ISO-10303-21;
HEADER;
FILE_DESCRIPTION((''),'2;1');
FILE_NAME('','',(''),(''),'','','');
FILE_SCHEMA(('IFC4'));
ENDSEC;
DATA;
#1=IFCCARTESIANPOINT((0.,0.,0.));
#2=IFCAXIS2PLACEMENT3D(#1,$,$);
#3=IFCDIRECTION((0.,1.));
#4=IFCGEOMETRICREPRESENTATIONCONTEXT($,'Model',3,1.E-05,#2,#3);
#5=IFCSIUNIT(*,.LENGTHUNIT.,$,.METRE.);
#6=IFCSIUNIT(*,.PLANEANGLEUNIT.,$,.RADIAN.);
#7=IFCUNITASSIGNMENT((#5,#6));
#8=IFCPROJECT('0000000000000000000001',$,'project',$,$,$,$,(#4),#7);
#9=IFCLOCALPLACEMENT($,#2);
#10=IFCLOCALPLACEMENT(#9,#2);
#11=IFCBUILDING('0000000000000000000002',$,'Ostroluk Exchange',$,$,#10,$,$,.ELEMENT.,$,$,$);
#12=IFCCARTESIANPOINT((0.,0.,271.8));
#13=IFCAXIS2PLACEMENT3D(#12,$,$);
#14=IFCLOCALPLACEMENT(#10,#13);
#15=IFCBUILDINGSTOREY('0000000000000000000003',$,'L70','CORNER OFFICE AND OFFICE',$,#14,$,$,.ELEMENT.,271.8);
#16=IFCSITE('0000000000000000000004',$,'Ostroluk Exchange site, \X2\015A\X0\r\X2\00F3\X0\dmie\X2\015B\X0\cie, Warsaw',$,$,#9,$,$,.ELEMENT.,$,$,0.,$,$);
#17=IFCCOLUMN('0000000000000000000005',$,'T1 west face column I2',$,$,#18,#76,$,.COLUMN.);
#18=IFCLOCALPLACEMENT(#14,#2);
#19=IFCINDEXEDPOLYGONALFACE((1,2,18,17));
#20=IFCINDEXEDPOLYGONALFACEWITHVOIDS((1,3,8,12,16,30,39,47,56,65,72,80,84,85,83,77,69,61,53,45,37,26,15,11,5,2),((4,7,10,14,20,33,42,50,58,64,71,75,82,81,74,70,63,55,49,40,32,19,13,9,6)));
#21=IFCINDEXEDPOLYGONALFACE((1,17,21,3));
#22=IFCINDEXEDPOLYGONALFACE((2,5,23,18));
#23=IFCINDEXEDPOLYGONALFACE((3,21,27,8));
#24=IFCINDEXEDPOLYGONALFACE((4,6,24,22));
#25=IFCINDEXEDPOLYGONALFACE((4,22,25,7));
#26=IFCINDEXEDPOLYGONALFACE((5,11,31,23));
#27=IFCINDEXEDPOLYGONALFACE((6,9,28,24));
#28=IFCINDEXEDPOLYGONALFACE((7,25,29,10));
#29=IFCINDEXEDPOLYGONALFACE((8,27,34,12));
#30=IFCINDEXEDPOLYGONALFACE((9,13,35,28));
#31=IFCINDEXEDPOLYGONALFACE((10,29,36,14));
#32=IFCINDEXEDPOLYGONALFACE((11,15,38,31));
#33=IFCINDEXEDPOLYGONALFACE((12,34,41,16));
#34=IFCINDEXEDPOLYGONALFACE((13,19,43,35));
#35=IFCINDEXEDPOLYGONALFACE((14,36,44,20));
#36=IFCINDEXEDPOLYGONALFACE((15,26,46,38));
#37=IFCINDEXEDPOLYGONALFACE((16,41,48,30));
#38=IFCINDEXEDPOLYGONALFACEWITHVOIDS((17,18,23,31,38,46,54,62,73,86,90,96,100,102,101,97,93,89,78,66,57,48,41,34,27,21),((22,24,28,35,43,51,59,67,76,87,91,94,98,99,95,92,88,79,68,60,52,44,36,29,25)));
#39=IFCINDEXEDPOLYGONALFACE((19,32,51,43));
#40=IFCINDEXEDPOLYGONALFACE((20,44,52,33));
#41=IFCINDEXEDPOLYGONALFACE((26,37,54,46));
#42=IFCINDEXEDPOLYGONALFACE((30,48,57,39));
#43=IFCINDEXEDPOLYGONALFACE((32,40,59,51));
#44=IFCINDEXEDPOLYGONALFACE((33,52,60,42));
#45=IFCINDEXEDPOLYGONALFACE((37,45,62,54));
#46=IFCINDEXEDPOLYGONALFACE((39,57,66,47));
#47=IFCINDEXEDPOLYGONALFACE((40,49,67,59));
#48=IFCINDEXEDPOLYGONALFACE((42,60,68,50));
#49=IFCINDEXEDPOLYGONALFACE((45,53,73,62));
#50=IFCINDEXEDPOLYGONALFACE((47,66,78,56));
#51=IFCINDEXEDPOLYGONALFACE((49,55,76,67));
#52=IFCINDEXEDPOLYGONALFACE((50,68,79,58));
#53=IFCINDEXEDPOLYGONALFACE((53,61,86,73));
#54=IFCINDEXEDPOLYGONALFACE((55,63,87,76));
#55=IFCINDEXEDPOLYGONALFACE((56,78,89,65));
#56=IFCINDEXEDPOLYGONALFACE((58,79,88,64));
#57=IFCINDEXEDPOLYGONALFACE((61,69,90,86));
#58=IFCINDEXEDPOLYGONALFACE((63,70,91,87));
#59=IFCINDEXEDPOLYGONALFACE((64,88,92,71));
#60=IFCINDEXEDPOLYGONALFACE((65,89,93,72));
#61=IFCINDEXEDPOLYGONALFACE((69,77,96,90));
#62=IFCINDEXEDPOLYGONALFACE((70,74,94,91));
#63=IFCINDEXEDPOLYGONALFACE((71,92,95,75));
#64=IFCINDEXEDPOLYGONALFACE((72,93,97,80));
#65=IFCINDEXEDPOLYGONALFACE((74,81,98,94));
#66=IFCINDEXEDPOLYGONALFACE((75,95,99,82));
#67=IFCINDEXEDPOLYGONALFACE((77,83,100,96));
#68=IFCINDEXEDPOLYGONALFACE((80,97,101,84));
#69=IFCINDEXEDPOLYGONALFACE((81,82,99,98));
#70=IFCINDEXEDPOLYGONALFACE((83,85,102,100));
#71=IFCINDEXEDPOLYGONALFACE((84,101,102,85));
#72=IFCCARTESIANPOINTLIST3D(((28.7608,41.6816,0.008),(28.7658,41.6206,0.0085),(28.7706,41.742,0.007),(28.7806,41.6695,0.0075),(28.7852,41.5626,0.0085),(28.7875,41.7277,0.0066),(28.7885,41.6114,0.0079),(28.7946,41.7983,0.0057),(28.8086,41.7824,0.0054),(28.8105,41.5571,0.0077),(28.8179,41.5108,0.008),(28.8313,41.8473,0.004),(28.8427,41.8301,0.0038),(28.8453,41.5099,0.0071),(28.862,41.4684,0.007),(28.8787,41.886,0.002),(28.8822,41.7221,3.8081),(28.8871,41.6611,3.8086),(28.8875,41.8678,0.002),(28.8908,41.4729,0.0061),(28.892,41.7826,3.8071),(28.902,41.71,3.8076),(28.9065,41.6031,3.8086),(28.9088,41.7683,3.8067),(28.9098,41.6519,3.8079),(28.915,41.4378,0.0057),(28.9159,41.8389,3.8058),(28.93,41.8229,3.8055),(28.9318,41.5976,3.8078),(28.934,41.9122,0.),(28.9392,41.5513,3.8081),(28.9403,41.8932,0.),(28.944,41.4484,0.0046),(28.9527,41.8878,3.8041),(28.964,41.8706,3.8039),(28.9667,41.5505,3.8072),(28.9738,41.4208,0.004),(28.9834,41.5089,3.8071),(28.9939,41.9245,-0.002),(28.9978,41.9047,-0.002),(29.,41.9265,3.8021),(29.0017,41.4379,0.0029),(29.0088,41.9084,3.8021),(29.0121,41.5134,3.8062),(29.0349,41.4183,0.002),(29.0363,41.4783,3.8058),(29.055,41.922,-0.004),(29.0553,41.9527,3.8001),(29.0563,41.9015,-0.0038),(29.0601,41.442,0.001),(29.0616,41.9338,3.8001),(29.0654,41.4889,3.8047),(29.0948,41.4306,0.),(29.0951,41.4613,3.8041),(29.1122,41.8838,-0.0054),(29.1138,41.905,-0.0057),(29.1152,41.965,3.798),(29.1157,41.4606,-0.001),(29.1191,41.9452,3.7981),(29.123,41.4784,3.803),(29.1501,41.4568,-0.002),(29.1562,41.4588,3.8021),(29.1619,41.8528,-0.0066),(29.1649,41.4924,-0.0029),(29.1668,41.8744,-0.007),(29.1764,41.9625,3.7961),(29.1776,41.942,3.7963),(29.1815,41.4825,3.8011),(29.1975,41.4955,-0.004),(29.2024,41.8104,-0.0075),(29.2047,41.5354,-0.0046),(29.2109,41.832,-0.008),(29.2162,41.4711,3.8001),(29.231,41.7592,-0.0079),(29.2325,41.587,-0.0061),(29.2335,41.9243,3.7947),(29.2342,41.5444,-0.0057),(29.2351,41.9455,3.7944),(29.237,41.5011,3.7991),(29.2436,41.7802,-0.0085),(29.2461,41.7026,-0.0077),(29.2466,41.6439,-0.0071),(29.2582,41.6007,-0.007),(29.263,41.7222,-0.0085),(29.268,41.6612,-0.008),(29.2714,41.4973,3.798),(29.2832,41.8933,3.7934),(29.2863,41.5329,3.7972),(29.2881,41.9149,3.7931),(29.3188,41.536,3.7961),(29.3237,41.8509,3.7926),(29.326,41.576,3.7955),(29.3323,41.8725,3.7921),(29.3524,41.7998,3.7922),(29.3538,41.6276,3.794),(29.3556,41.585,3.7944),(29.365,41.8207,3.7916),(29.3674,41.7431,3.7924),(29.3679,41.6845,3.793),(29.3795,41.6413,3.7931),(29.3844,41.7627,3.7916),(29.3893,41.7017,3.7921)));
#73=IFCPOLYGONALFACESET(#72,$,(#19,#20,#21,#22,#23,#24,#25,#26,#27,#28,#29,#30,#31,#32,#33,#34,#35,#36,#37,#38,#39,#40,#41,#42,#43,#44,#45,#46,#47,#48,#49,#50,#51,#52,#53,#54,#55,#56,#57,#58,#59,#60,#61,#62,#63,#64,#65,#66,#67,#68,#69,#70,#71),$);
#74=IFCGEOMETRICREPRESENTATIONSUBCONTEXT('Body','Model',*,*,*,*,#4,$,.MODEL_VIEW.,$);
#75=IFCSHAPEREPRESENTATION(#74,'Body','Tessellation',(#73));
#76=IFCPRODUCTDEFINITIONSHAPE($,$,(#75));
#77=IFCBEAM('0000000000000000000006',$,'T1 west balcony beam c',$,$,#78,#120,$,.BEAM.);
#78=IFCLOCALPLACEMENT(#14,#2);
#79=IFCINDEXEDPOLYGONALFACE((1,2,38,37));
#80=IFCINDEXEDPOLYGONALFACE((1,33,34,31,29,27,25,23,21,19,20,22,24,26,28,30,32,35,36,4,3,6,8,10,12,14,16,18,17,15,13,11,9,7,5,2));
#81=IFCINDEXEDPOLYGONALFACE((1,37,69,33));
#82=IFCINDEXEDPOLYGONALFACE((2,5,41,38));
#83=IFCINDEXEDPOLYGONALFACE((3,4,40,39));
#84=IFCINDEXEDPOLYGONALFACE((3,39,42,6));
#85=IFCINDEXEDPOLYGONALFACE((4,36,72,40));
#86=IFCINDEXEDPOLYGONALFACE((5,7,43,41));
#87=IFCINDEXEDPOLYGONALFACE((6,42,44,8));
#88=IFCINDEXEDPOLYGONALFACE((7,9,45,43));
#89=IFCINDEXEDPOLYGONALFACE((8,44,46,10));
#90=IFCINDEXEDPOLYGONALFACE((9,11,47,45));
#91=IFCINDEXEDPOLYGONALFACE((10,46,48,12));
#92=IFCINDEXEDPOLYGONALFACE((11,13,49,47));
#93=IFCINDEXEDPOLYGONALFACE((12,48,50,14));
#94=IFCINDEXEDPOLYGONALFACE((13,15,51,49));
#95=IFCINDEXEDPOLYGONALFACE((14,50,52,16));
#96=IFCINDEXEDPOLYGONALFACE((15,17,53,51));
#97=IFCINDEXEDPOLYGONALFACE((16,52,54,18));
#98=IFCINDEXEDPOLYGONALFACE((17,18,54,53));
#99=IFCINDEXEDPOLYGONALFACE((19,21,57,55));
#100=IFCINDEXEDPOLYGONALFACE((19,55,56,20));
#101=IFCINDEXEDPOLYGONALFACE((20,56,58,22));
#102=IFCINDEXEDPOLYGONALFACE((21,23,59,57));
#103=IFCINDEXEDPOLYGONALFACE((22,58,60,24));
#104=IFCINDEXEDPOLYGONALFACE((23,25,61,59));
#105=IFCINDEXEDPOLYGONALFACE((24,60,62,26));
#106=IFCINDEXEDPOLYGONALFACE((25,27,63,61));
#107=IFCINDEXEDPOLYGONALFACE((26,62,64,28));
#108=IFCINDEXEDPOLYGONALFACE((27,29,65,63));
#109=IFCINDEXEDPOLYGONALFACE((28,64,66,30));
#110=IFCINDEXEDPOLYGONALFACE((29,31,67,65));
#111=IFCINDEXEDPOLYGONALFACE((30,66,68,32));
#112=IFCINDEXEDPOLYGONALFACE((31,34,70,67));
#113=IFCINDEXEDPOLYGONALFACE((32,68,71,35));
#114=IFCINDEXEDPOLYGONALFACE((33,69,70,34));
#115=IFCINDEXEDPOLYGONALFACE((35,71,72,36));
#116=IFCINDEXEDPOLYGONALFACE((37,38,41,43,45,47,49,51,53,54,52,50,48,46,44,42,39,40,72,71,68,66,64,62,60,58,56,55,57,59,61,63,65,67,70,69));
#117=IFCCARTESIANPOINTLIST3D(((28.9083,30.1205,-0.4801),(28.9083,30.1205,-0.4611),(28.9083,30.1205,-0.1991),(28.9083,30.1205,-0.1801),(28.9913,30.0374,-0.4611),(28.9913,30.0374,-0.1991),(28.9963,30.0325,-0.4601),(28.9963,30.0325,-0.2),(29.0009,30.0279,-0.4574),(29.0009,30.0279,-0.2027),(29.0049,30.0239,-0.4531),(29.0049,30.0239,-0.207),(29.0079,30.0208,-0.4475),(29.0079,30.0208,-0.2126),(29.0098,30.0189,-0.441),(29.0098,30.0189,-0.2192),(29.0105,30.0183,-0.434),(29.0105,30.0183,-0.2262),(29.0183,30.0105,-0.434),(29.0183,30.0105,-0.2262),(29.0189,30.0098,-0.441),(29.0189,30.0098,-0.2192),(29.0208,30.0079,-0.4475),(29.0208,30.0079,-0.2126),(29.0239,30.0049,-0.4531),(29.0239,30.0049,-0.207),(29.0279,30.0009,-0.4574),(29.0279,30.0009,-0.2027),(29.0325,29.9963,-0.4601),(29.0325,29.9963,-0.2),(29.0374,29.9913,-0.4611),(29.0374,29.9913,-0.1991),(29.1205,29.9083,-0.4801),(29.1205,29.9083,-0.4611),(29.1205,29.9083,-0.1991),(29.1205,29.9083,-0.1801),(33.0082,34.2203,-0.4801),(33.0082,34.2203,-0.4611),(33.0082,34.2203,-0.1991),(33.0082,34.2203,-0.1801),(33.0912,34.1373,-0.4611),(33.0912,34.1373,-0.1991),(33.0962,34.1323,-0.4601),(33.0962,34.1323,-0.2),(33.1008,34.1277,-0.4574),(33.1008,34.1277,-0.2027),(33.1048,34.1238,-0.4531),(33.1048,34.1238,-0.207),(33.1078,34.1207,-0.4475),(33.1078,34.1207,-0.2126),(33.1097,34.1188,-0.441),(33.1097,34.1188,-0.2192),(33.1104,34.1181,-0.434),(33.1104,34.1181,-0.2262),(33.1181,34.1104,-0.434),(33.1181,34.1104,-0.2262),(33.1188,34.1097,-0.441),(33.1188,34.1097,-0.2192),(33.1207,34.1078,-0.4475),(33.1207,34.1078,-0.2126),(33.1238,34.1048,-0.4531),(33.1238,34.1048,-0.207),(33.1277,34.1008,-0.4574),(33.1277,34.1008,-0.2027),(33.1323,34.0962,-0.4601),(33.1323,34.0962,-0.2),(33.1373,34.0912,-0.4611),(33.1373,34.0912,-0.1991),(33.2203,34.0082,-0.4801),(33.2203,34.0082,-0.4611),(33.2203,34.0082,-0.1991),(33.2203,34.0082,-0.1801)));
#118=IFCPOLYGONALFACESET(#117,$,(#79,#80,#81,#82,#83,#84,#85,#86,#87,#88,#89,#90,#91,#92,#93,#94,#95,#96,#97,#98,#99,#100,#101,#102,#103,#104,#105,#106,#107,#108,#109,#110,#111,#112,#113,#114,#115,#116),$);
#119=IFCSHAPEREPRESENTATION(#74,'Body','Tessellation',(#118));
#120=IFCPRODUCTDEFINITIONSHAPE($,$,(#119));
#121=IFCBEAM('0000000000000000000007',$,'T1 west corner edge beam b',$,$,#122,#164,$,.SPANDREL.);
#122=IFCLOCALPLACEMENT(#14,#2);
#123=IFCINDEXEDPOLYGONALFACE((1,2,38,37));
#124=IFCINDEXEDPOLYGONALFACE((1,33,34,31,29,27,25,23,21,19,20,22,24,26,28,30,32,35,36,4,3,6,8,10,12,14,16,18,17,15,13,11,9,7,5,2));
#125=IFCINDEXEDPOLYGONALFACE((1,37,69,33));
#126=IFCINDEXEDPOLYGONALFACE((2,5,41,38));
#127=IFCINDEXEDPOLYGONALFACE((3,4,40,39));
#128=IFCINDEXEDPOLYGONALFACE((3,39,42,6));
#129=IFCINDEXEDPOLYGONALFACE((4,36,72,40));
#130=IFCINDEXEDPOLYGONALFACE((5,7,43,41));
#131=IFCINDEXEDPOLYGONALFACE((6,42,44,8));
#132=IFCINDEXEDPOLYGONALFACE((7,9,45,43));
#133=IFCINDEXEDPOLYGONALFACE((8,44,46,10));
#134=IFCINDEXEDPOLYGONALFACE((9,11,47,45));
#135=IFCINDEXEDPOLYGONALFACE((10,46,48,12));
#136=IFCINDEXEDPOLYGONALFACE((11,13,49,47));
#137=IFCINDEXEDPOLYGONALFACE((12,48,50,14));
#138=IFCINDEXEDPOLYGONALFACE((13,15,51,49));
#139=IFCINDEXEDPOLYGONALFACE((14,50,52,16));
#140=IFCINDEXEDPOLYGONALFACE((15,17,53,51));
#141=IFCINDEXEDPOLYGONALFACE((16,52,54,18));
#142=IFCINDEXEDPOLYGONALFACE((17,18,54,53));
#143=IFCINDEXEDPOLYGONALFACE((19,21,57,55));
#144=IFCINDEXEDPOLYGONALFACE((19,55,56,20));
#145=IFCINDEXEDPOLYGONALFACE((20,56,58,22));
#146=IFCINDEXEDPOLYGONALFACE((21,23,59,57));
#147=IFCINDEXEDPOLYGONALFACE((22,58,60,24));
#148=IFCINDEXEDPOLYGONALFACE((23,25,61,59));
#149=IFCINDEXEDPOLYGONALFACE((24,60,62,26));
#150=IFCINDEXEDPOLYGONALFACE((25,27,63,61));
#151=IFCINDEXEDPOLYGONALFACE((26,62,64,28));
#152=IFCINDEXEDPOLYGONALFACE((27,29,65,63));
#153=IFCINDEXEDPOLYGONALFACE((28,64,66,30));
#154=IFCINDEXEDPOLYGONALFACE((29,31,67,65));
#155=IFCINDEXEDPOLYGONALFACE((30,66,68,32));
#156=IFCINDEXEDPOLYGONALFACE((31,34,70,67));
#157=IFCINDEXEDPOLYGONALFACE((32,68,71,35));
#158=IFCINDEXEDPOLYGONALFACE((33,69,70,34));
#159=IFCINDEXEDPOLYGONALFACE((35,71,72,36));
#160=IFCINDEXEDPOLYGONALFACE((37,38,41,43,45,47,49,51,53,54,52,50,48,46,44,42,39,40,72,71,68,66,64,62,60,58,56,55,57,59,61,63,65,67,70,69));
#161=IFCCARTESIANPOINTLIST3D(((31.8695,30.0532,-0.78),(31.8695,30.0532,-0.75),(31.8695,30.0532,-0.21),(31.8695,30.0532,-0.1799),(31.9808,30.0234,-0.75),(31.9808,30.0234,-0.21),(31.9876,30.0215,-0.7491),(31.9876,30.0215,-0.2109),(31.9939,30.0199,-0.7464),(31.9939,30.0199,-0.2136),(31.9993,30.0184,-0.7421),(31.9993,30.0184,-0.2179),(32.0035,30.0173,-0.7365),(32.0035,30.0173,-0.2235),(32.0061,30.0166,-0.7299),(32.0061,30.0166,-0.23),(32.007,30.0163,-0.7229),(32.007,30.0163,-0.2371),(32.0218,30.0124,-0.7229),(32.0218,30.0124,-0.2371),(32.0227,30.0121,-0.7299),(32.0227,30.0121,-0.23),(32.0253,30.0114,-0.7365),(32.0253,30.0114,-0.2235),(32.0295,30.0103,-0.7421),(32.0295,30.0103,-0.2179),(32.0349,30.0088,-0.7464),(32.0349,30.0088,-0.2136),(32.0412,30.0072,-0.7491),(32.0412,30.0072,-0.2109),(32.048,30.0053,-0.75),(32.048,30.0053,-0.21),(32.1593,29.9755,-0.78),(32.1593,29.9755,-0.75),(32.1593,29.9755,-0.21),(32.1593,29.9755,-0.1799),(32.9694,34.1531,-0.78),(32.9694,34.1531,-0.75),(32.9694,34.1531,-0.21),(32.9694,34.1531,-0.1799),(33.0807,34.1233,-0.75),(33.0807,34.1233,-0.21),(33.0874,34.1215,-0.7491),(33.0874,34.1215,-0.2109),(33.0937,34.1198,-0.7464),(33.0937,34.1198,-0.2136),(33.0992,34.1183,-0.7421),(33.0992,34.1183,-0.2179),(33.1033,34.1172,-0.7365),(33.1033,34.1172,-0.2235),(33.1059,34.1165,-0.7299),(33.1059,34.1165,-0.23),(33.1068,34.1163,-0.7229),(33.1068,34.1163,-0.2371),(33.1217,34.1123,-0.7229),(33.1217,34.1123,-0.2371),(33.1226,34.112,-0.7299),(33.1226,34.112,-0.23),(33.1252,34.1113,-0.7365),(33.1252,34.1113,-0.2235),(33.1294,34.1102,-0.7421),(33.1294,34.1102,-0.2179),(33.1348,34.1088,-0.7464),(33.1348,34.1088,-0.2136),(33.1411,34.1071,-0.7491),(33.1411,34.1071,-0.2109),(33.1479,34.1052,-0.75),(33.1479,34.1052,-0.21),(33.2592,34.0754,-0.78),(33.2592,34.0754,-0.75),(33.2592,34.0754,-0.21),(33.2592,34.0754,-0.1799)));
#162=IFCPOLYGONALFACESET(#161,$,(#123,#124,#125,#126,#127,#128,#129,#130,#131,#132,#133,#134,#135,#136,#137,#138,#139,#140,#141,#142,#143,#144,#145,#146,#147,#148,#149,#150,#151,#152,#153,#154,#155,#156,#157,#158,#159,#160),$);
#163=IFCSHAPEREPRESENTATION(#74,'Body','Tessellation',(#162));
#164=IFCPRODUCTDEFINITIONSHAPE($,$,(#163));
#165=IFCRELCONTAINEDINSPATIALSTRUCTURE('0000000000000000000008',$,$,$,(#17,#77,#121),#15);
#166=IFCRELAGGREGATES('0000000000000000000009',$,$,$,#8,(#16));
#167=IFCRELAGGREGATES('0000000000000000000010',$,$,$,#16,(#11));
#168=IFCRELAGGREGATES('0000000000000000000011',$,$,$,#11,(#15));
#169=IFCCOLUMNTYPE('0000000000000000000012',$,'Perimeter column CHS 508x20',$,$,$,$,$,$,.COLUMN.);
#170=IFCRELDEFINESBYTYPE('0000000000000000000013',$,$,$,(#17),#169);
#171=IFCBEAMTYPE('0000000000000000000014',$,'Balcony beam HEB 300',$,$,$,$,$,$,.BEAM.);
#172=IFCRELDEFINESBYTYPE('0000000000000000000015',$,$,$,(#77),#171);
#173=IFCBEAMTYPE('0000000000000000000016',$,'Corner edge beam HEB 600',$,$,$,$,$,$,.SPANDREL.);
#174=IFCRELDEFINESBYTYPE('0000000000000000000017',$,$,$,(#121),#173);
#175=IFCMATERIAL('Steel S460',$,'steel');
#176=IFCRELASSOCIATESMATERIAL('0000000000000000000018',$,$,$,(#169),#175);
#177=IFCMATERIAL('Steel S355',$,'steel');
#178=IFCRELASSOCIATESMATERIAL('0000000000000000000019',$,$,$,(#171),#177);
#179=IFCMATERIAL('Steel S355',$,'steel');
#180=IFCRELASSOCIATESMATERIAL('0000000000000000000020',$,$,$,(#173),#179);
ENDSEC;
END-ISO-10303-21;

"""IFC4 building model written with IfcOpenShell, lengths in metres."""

from ifc_helpers import new_model, si_unit, direction, frame, origin, origin_2d, place, context, subcontext, project, spatial, hollow_circle, i_section, extrude, material, material_profile, profile_set, type_object, element, save


model = new_model("IFC4")

# Units and contexts
model_context = context("Model", 3, precision=1e-05, world=origin(), true_north=direction((0.0, 1.0)))
body_context = subcontext(model_context, "Body", "Model", "MODEL_VIEW")
ifc_project = project(units=[si_unit("LENGTHUNIT", "METRE"), si_unit("PLANEANGLEUNIT", "RADIAN")], contexts=[model_context])

# Site, building, storey
site_placement = place(None, origin())
site = spatial("IfcSite", under=ifc_project, at=site_placement, Name="Ostroluk Exchange site, Śródmieście, Warsaw", CompositionType="ELEMENT", RefElevation=0.0)
building_placement = place(site_placement, origin())
building = spatial("IfcBuilding", under=site, at=building_placement, Name="Ostroluk Exchange", CompositionType="ELEMENT")
storey_placement = place(building_placement, frame((0.0, 0.0, 271.8)))
storey = spatial("IfcBuildingStorey", under=building, at=storey_placement, Name="L70", Description="CORNER OFFICE AND OFFICE", CompositionType="ELEMENT", Elevation=271.8)

# Column
ifc_material_1 = material(Name="Steel S460", Category="steel")
ifc_material_profile_1 = material_profile(ifc_material_1, hollow_circle(Radius=0.2539, WallThickness=0.02, at=origin_2d()), Name="CHS 508x20")
ifc_profile_set_1 = profile_set([ifc_material_profile_1], Name="Steel S460")
column_type = type_object("IfcColumnType", Name="Perimeter column CHS 508x20", PredefinedType="COLUMN", material=ifc_profile_set_1)
column_placement = place(storey_placement, frame((29.0144, 41.6714, 0.0), z_axis=(0.031913, 0.010659, 0.999434), x_axis=(-0.3168, 0.948492, 0.0)))
element("IfcColumn", 1, at=column_placement, inside=storey, type_object=column_type, Name="T1 west face column I2", PredefinedType="COLUMN", context=body_context, shape_type="SweptSolid", body=[
    extrude(hollow_circle(Radius=0.2539, WallThickness=0.02, at=origin_2d()), origin(), (0.0, 0.0, 1.0), 3.8022),
])

# Beams
ifc_material_2 = material(Name="Steel S355", Category="steel")
ifc_material_profile_2 = material_profile(ifc_material_2, i_section(OverallWidth=0.3, OverallDepth=0.3, WebThickness=0.011, FlangeThickness=0.019, FilletRadius=0.0271, at=origin_2d()), Name="HEB 300")
ifc_profile_set_2 = profile_set([ifc_material_profile_2], Name="Steel S355")
beam_type_1 = type_object("IfcBeamType", Name="Balcony beam HEB 300", PredefinedType="BEAM", material=ifc_profile_set_2)
beam_1_placement = place(storey_placement, frame((33.1143, 34.1143, -0.3301), z_axis=(-0.707107, -0.707107, 0.0), x_axis=(0.707107, -0.707107, 0.0)))
element("IfcBeam", 2, at=beam_1_placement, inside=storey, type_object=beam_type_1, Name="T1 west balcony beam c", PredefinedType="BEAM", context=body_context, shape_type="SweptSolid", body=[
    extrude(i_section(OverallWidth=0.3, OverallDepth=0.3, WebThickness=0.011, FlangeThickness=0.019, FilletRadius=0.0271, at=origin_2d()), origin(), (0.0, 0.0, 1.0), 5.7981),
])
ifc_material_3 = material(Name="Steel S355", Category="steel")
ifc_material_profile_3 = material_profile(ifc_material_3, i_section(OverallWidth=0.3, OverallDepth=0.6001, WebThickness=0.0154, FlangeThickness=0.03, FilletRadius=0.0271, at=origin_2d()), Name="HEB 600")
ifc_profile_set_3 = profile_set([ifc_material_profile_3], Name="Steel S355")
beam_type_2 = type_object("IfcBeamType", Name="Corner edge beam HEB 600", PredefinedType="SPANDREL", material=ifc_profile_set_3)
beam_2_placement = place(storey_placement, frame((33.1143, 34.1143, -0.48), z_axis=(-0.259105, -0.965849, 0.0), x_axis=(0.965849, -0.259105, 0.0)))
element("IfcBeam", 3, at=beam_2_placement, inside=storey, type_object=beam_type_2, Name="T1 west corner edge beam b", PredefinedType="SPANDREL", context=body_context, shape_type="SweptSolid", body=[
    extrude(i_section(OverallWidth=0.3, OverallDepth=0.6001, WebThickness=0.0154, FlangeThickness=0.03, FilletRadius=0.0271, at=origin_2d()), origin(), (0.0, 0.0, 1.0), 4.2449),
])

save(model, "model.ifc")
